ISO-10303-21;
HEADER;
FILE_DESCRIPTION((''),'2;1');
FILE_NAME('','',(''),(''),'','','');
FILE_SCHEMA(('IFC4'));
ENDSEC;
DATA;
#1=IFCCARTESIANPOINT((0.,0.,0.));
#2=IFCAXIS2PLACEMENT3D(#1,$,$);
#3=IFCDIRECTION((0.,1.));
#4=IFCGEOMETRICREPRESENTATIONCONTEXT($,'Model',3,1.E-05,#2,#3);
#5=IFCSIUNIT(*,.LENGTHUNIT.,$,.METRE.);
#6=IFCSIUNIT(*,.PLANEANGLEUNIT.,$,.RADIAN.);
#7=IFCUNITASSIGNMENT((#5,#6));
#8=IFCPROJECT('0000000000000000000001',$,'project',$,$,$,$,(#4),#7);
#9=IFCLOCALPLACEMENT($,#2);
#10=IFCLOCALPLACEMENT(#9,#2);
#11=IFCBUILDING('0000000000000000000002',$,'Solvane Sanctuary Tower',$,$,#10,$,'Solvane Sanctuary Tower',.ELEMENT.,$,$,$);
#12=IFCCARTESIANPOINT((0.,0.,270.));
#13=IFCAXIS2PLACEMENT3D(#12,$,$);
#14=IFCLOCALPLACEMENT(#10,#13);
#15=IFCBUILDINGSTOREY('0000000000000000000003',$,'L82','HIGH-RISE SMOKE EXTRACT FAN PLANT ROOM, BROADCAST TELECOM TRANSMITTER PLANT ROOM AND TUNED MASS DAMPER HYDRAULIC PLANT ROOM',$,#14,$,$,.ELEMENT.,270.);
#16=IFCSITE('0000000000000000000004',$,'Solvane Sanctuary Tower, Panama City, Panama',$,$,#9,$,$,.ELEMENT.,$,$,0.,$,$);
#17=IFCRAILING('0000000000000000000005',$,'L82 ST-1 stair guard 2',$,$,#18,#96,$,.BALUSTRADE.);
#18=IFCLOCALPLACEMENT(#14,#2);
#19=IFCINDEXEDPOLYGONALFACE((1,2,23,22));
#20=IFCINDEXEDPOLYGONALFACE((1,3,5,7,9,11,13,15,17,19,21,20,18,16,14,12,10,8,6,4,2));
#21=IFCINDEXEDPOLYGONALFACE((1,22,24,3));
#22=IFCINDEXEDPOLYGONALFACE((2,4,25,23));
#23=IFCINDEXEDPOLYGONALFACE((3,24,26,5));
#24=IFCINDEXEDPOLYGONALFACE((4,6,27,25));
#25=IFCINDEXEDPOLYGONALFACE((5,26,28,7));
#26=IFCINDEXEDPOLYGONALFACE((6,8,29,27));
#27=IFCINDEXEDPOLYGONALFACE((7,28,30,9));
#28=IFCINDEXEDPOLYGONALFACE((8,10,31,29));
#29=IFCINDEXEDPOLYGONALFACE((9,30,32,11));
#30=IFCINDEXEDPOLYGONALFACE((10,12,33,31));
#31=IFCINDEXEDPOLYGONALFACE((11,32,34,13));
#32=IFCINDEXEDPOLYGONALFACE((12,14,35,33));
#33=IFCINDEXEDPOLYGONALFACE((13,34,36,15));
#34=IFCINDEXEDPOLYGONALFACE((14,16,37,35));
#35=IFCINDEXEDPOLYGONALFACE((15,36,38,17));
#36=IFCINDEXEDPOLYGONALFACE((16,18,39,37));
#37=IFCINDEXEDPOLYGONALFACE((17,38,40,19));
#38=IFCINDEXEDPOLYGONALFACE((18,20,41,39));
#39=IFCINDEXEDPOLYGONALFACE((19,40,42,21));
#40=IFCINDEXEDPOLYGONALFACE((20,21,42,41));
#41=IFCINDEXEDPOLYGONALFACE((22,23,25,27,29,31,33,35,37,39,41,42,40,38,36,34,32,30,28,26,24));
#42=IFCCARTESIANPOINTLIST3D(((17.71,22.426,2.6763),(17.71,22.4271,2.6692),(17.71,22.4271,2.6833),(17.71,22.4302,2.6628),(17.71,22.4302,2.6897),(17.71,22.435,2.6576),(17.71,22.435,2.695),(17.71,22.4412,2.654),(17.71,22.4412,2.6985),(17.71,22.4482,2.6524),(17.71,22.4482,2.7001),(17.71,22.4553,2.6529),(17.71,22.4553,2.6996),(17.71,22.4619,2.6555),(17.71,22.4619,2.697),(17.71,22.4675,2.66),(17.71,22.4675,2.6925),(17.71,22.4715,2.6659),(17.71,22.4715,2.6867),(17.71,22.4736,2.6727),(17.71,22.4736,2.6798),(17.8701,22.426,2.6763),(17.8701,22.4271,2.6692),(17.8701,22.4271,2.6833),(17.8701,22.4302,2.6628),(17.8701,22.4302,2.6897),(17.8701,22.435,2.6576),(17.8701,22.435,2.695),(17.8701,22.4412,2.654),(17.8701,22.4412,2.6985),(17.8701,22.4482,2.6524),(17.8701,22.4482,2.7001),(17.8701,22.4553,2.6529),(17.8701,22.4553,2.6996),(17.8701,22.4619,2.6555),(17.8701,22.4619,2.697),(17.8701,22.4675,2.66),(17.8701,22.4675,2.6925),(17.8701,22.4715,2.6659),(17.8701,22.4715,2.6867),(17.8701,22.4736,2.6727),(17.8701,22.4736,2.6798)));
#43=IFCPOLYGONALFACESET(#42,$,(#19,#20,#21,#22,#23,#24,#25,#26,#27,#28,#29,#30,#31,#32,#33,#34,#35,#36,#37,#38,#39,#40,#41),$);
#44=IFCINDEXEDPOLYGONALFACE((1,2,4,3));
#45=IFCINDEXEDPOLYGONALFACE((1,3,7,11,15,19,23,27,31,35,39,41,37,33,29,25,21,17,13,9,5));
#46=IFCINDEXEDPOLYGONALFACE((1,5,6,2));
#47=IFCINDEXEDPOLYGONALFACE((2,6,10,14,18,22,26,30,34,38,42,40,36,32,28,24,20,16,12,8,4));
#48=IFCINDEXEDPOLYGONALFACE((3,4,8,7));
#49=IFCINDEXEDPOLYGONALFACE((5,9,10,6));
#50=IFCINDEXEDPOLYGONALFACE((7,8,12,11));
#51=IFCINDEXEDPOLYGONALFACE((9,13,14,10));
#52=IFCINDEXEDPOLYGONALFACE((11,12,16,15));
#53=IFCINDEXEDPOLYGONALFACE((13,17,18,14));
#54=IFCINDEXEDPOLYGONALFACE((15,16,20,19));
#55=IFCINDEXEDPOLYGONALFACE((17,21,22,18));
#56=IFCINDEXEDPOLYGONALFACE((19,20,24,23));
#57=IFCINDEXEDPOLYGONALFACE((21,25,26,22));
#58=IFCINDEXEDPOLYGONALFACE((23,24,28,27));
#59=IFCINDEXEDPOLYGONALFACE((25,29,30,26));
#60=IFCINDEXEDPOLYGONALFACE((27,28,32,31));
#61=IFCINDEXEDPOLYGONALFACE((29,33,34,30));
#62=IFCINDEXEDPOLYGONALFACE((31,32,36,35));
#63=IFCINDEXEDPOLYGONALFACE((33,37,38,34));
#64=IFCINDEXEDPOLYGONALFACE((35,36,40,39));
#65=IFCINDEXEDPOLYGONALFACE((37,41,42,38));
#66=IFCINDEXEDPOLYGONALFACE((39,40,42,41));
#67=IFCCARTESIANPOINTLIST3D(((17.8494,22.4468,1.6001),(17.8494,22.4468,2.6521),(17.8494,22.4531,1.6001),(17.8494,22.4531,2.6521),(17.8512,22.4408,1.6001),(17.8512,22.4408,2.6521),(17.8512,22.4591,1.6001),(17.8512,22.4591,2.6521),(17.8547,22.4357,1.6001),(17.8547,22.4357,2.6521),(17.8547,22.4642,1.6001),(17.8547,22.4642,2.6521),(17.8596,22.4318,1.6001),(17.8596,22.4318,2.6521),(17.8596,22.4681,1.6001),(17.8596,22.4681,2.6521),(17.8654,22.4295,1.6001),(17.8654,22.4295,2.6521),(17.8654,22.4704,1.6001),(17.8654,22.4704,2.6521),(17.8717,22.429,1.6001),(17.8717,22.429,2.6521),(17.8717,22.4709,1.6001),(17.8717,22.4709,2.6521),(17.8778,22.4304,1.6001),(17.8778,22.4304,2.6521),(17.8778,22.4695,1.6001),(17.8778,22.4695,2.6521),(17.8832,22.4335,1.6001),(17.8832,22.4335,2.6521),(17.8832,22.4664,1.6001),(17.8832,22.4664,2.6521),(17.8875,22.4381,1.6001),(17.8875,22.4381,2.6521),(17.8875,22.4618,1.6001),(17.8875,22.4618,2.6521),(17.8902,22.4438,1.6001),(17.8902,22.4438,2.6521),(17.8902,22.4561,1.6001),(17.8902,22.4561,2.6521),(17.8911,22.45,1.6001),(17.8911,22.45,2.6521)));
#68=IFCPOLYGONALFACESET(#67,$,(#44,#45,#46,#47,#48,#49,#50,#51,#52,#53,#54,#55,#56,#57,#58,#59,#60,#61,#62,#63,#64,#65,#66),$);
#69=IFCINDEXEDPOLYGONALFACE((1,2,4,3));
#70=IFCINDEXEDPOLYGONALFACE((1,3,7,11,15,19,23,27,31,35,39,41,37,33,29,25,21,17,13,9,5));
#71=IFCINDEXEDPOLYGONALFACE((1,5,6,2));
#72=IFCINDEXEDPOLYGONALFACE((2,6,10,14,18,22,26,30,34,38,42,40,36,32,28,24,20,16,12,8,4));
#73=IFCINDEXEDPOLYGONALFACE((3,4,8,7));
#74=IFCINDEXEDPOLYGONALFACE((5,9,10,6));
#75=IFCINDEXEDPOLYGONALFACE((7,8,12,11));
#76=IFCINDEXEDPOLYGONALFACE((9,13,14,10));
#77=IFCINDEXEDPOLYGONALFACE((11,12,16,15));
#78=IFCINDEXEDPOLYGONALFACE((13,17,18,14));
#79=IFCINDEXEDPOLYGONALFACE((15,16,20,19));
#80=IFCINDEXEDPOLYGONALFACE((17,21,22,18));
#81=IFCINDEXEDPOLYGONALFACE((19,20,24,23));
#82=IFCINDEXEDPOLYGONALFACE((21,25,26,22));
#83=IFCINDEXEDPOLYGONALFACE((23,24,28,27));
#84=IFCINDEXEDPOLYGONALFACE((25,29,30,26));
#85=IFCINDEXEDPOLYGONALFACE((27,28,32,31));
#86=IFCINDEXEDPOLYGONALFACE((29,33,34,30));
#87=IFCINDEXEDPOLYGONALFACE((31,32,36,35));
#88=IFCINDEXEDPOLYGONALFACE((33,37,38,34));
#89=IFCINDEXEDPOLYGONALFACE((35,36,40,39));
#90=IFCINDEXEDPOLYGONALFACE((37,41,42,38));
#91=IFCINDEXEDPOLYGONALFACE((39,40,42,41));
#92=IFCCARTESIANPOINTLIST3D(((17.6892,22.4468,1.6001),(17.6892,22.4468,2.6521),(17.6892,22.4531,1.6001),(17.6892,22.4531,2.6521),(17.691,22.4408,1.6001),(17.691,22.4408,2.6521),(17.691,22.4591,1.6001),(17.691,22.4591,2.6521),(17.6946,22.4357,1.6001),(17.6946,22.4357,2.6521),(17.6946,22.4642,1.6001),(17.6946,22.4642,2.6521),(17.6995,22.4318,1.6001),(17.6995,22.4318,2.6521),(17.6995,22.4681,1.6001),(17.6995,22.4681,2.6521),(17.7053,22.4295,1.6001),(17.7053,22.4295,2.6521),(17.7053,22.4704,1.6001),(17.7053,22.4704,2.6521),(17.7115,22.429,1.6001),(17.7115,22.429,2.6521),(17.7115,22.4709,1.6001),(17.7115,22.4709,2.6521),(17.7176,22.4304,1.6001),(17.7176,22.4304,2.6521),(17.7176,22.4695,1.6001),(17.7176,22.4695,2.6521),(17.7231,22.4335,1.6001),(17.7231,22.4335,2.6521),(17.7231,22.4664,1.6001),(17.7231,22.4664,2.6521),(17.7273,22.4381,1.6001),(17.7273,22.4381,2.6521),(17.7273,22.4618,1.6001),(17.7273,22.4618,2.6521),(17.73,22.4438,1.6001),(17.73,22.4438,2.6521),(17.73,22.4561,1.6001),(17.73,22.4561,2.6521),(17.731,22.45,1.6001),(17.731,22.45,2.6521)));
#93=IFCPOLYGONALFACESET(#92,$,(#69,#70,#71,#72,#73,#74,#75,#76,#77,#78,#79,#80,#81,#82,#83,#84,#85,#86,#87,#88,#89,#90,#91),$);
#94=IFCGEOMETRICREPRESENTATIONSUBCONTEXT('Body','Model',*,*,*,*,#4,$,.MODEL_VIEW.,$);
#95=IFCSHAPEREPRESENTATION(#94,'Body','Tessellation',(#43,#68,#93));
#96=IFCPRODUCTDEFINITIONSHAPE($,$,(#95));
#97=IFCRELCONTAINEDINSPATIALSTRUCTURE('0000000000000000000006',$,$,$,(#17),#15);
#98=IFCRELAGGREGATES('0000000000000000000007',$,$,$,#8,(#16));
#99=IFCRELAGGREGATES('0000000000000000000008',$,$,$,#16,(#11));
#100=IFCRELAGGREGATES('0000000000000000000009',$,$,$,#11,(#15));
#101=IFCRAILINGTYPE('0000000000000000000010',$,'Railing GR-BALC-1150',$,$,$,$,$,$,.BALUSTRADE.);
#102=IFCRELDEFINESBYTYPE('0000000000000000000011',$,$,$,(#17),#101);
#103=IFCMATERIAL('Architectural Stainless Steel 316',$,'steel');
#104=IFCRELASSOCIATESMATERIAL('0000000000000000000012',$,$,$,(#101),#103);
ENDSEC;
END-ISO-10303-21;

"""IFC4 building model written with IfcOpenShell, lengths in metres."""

from ifc_helpers import new_model, si_unit, direction, frame, origin, origin_2d, place, context, subcontext, project, spatial, circle, extrude, material, type_object, element, save


model = new_model("IFC4")

# Units and contexts
model_context = context("Model", 3, precision=1e-05, world=origin(), true_north=direction((0.0, 1.0)))
body_context = subcontext(model_context, "Body", "Model", "MODEL_VIEW")
ifc_project = project(units=[si_unit("LENGTHUNIT", "METRE"), si_unit("PLANEANGLEUNIT", "RADIAN")], contexts=[model_context])

# Site, building, storey
site_placement = place(None, origin())
site = spatial("IfcSite", under=ifc_project, at=site_placement, Name="Solvane Sanctuary Tower, Panama City, Panama", CompositionType="ELEMENT", RefElevation=0.0)
building_placement = place(site_placement, origin())
building = spatial("IfcBuilding", under=site, at=building_placement, Name="Solvane Sanctuary Tower", LongName="Solvane Sanctuary Tower", CompositionType="ELEMENT")
storey_placement = place(building_placement, frame((0.0, 0.0, 270.0)))
storey = spatial("IfcBuildingStorey", under=building, at=storey_placement, Name="L82", Description="HIGH-RISE SMOKE EXTRACT FAN PLANT ROOM, BROADCAST TELECOM TRANSMITTER PLANT ROOM AND TUNED MASS DAMPER HYDRAULIC PLANT ROOM", CompositionType="ELEMENT", Elevation=270.0)

# Shared definitions
ifc_material_1 = material(Name="Architectural Stainless Steel 316", Category="steel")

# Railing
railing_type_1 = type_object("IfcRailingType", Name="Railing GR-BALC-1150", PredefinedType="BALUSTRADE", material=ifc_material_1)
railing_1_placement = place(storey_placement, frame((17.8701, 22.45, 1.6001)))
element("IfcRailing", 1, at=railing_1_placement, inside=storey, type_object=railing_type_1, Name="L82 ST-1 stair guard 2", PredefinedType="BALUSTRADE", context=body_context, shape_type="SweptSolid", body=[
    extrude(circle(Radius=0.0239, at=origin_2d()), frame((0.0, 0.0, 1.0762), z_axis=(-1.0, 0.0, 0.0), x_axis=(0.0, -1.0, 0.0)), (0.0, 0.0, 1.0), 0.1602),
    extrude(circle(Radius=0.021, at=origin_2d()), origin(), (0.0, 0.0, 1.0), 1.052),
    extrude(circle(Radius=0.021, at=origin_2d()), frame((-0.1602, 0.0, 0.0)), (0.0, 0.0, 1.0), 1.052),
])

save(model, "model.ifc")
